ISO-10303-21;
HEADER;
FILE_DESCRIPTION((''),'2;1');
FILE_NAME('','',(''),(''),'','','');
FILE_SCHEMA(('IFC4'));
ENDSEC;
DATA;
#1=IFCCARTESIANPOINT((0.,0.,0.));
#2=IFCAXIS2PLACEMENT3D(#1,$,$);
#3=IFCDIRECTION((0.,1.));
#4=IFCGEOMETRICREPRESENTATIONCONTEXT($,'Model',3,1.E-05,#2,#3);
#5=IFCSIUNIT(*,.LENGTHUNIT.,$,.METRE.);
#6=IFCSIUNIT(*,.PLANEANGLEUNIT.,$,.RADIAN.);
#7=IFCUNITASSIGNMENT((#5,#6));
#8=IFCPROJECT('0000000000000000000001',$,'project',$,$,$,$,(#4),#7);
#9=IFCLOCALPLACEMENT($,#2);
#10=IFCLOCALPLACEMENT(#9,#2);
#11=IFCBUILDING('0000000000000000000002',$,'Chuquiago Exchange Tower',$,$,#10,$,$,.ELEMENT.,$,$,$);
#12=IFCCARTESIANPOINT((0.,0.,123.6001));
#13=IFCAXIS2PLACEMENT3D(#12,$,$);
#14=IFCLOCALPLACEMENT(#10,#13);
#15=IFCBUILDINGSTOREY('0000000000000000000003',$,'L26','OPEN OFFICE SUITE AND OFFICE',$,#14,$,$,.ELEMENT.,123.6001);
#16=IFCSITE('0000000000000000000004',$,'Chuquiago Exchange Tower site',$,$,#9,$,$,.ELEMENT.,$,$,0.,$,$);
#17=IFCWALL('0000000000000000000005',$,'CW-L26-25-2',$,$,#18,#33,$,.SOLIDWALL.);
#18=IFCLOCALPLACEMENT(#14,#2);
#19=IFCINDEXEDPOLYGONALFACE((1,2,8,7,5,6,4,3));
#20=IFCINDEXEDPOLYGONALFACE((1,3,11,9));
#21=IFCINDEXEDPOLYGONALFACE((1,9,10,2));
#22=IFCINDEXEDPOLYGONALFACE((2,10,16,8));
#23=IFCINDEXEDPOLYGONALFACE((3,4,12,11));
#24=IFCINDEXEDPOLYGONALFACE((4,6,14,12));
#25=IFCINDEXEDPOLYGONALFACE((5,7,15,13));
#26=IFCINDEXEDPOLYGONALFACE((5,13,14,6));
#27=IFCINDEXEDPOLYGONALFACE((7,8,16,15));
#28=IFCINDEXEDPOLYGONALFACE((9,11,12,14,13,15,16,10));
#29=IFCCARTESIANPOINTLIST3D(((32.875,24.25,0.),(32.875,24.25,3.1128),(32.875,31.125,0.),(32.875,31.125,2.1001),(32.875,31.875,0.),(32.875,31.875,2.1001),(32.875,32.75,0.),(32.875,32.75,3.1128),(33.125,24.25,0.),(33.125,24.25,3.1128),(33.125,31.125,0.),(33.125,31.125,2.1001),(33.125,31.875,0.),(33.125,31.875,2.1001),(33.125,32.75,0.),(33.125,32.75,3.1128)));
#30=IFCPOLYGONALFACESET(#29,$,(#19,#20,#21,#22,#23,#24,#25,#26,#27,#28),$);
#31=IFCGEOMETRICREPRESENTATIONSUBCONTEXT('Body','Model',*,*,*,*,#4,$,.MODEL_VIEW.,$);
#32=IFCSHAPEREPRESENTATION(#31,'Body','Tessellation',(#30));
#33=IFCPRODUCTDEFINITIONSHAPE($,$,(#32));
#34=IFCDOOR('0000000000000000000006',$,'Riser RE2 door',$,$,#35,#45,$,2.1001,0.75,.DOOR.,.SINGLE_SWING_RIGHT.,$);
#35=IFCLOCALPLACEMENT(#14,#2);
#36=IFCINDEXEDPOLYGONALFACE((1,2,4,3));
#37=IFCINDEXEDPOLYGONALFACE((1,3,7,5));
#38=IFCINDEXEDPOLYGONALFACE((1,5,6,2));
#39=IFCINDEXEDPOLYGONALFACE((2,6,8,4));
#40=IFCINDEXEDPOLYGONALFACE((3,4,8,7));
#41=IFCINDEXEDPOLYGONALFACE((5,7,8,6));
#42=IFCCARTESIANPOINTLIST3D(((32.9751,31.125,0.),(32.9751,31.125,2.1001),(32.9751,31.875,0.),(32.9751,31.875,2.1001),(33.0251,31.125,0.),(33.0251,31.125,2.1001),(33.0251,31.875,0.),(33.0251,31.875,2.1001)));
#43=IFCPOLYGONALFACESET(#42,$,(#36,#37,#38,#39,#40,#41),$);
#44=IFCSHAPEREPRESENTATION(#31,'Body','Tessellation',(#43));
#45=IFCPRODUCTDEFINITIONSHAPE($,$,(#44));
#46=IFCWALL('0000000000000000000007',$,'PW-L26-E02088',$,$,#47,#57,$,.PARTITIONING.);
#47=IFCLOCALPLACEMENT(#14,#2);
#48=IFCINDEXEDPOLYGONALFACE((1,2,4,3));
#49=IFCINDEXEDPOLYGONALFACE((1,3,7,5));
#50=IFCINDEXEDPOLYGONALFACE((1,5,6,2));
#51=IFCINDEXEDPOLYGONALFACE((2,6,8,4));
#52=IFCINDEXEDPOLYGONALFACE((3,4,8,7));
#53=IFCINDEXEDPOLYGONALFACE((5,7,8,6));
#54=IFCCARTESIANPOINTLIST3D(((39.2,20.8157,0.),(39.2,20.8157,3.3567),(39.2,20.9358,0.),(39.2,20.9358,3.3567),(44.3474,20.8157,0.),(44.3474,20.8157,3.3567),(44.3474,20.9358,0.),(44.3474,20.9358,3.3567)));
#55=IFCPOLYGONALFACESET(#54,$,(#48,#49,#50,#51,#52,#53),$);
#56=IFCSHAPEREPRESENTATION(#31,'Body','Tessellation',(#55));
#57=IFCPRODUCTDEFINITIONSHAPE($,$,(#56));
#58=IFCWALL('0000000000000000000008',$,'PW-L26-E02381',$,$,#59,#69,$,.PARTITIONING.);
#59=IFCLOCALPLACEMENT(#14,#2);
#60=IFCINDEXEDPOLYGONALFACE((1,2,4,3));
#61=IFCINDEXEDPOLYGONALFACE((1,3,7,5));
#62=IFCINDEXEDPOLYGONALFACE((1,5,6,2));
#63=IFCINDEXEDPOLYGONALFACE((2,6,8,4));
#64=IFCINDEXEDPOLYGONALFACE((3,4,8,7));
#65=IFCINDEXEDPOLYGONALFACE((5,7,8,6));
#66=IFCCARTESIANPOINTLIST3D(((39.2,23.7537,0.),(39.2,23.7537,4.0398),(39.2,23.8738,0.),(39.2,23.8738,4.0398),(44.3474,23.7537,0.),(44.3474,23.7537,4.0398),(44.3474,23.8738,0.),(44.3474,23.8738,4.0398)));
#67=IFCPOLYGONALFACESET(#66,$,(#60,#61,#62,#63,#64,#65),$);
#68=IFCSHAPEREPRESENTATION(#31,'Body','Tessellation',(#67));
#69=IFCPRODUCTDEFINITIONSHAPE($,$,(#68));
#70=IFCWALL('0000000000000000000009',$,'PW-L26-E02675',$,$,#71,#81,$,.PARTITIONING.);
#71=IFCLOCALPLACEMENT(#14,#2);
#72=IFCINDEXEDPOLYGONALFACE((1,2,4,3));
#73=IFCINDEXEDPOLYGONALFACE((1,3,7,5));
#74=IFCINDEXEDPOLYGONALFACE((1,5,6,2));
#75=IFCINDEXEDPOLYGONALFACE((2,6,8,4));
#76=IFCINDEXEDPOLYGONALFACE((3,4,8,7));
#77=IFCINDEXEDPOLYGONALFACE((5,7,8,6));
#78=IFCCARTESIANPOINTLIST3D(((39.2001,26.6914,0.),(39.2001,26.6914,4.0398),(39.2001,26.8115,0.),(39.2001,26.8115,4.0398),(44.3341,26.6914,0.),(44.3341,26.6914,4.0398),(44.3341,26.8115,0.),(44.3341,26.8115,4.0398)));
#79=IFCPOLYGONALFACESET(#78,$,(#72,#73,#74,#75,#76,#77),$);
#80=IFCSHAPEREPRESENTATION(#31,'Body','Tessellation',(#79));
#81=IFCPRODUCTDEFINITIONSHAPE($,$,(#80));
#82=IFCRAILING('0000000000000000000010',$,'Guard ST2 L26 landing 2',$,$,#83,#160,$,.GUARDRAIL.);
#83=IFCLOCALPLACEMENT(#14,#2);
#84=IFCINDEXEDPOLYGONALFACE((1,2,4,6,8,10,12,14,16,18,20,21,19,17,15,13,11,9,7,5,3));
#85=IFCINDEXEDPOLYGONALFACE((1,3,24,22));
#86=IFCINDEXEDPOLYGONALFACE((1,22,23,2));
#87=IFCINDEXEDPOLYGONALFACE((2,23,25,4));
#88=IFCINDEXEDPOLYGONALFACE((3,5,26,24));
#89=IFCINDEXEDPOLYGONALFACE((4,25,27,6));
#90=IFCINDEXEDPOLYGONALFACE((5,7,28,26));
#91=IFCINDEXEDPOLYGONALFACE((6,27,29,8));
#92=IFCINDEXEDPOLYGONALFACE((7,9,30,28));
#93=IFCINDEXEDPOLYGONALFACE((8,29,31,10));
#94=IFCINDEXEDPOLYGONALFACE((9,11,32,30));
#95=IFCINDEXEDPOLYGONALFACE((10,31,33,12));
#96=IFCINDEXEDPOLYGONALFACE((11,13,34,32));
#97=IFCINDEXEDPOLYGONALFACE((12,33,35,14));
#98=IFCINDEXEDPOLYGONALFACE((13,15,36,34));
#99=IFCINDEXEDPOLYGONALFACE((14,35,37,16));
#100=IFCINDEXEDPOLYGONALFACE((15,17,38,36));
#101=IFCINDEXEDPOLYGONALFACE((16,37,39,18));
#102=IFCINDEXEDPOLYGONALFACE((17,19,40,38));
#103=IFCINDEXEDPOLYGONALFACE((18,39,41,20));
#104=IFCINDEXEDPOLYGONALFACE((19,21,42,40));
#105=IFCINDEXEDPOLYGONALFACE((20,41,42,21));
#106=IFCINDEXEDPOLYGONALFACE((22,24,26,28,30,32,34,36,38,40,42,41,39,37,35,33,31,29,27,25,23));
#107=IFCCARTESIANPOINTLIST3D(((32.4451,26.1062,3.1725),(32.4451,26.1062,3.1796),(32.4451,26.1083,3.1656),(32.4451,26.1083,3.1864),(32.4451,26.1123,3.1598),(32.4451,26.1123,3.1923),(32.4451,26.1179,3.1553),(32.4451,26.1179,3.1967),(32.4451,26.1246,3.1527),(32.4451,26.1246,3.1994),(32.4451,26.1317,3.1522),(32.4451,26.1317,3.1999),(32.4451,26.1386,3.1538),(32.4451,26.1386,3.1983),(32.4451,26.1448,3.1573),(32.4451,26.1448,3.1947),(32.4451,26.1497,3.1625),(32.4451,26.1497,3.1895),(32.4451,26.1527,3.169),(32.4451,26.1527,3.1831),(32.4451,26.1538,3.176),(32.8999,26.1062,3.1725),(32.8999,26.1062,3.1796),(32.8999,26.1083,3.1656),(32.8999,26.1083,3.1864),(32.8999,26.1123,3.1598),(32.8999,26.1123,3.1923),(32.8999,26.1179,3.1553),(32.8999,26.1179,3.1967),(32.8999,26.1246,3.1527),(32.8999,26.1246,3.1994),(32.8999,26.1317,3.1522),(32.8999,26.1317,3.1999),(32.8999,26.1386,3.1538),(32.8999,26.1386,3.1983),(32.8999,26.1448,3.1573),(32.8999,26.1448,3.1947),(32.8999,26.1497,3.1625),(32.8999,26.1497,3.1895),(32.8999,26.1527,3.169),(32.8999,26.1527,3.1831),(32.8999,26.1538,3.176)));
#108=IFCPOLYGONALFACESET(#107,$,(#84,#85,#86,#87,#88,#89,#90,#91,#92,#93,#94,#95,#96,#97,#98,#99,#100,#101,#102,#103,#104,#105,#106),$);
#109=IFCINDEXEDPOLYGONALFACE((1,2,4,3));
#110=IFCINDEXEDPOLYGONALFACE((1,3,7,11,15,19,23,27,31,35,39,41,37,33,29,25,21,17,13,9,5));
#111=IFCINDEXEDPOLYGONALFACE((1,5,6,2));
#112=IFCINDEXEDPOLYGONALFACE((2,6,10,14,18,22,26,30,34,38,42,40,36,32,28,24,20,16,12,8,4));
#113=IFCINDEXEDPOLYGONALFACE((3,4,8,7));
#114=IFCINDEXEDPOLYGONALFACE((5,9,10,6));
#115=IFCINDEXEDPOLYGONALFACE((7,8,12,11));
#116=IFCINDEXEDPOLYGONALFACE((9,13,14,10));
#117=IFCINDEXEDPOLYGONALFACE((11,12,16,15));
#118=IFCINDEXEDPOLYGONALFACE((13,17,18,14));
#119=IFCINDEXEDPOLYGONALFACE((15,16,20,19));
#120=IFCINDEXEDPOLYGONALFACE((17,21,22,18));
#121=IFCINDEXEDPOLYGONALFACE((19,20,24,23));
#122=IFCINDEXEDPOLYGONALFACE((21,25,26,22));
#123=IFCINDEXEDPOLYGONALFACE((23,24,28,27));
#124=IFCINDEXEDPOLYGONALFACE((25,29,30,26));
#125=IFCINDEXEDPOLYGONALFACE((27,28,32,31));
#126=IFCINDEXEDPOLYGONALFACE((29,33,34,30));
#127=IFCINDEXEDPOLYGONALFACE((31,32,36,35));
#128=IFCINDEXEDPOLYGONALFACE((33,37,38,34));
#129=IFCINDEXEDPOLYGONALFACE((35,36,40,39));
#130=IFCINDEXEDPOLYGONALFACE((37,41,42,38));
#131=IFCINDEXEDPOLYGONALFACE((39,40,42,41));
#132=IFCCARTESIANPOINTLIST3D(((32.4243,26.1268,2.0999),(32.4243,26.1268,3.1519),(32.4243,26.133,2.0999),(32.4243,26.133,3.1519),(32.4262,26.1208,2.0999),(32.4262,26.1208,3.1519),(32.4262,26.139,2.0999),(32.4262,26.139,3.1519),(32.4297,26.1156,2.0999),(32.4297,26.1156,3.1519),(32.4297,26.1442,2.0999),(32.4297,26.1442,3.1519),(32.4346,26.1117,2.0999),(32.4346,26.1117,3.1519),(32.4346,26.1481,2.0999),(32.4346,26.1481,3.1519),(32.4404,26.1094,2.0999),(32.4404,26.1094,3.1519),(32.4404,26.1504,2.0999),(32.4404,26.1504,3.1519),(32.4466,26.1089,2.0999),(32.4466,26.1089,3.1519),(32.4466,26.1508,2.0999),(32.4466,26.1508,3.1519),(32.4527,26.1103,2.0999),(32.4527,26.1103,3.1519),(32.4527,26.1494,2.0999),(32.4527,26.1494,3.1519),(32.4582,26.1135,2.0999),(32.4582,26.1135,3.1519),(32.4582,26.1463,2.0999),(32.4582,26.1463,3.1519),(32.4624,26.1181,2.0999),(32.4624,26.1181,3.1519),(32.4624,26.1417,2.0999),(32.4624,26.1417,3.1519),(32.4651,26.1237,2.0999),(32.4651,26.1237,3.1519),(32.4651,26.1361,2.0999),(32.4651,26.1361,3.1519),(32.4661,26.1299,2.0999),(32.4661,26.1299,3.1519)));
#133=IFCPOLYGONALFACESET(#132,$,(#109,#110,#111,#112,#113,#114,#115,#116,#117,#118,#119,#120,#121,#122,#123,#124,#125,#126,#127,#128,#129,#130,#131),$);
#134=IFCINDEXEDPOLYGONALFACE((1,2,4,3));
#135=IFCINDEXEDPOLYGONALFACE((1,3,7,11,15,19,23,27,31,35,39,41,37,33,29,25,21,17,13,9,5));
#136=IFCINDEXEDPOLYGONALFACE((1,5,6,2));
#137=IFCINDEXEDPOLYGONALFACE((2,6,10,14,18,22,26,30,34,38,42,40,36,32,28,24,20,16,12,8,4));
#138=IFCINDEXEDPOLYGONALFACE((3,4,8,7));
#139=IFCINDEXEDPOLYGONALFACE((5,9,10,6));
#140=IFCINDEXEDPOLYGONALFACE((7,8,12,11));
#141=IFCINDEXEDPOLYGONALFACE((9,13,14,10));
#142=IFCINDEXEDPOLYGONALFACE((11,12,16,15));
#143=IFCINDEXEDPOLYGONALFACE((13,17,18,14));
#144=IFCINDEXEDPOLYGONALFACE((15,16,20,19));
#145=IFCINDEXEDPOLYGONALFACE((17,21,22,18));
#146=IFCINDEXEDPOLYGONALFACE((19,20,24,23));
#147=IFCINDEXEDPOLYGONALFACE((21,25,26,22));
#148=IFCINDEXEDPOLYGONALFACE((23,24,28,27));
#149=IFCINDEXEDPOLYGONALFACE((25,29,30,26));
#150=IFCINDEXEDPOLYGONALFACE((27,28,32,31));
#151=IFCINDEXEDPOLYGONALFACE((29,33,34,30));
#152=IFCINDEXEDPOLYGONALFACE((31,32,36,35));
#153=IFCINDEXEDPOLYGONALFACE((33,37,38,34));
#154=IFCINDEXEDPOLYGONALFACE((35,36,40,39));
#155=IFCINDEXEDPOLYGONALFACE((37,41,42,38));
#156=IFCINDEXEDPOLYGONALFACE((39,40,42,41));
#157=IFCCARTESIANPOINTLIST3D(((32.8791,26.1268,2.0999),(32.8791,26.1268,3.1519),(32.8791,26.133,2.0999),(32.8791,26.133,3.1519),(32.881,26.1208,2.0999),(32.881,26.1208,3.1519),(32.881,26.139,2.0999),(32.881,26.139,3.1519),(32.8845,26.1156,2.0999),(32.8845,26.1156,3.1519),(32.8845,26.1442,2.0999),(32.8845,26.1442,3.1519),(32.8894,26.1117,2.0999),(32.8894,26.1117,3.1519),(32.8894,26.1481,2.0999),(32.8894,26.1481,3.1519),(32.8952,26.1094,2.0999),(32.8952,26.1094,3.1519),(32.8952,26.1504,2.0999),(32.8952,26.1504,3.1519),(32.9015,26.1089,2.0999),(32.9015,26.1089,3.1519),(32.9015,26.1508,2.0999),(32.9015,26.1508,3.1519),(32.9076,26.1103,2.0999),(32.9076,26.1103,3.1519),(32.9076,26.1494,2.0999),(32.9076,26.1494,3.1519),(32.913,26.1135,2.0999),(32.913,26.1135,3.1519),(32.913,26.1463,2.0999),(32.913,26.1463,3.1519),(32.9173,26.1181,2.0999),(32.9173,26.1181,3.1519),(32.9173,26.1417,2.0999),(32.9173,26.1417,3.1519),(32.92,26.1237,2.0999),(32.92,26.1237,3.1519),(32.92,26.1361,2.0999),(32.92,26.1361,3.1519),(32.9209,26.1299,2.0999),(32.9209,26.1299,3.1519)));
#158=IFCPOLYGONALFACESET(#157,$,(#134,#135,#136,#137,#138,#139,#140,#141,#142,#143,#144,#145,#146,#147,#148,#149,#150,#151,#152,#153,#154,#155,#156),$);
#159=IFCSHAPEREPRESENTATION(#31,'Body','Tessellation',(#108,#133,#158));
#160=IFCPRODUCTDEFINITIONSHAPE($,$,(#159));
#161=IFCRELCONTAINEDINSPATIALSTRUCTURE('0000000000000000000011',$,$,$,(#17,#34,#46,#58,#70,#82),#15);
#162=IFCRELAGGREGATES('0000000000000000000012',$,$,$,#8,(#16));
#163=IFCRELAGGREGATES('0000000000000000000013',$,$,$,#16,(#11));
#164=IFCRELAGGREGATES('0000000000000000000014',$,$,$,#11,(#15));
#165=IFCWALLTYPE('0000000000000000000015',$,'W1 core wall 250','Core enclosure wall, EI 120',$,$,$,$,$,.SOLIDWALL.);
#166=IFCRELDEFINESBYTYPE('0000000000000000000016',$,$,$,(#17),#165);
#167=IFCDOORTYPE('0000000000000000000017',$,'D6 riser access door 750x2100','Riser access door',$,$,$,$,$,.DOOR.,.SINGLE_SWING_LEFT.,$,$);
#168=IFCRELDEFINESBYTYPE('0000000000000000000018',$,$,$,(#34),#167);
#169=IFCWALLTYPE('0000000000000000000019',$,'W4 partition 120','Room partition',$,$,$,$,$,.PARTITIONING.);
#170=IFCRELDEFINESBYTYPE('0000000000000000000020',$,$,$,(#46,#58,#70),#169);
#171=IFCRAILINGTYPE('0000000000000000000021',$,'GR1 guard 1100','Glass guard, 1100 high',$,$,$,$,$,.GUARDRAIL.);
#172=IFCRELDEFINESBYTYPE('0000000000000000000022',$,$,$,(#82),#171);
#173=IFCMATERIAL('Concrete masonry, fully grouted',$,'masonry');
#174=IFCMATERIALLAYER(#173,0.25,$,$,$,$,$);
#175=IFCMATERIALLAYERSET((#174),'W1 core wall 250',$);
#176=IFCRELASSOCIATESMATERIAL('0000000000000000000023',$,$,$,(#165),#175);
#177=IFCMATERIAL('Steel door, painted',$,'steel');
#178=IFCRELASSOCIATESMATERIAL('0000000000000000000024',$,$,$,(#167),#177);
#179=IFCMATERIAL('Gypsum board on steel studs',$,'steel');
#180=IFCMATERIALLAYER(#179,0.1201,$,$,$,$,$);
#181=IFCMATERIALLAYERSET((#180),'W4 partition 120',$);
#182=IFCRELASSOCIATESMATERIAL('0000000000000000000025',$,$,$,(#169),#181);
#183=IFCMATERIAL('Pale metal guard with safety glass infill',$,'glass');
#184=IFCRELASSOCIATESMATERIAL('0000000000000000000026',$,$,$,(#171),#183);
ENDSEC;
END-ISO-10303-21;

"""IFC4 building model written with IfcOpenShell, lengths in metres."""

from ifc_helpers import new_model, si_unit, direction, frame, frame_2d, origin, origin_2d, place, context, subcontext, project, spatial, rectangle, circle, extrude, material, layer, layer_set, type_object, element, fill, save


model = new_model("IFC4")

# Units and contexts
model_context = context("Model", 3, precision=1e-05, world=origin(), true_north=direction((0.0, 1.0)))
body_context = subcontext(model_context, "Body", "Model", "MODEL_VIEW")
ifc_project = project(units=[si_unit("LENGTHUNIT", "METRE"), si_unit("PLANEANGLEUNIT", "RADIAN")], contexts=[model_context])

# Site, building, storey
site_placement = place(None, origin())
site = spatial("IfcSite", under=ifc_project, at=site_placement, Name="Chuquiago Exchange Tower site", CompositionType="ELEMENT", RefElevation=0.0)
building_placement = place(site_placement, origin())
building = spatial("IfcBuilding", under=site, at=building_placement, Name="Chuquiago Exchange Tower", CompositionType="ELEMENT")
storey_placement = place(building_placement, frame((0.0, 0.0, 123.6001)))
storey = spatial("IfcBuildingStorey", under=building, at=storey_placement, Name="L26", Description="OPEN OFFICE SUITE AND OFFICE", CompositionType="ELEMENT", Elevation=123.6001)

# Shared definitions
ifc_material_1 = material(Name="Concrete masonry, fully grouted", Category="masonry")
ifc_layer_1 = layer(ifc_material_1, 0.25)
ifc_layer_set_1 = layer_set([ifc_layer_1], Name="W1 core wall 250")
wall_type_1 = type_object("IfcWallType", Name="W1 core wall 250", Description="Core enclosure wall, EI 120", PredefinedType="SOLIDWALL", material=ifc_layer_set_1)

# Wall, opening, door
wall_1_placement = place(storey_placement, frame((33.0, 24.25, 0.0), z_axis=(0.0, 0.0, 1.0), x_axis=(0.0, 1.0, 0.0)))
wall_1 = element("IfcWall", 1, at=wall_1_placement, inside=storey, type_object=wall_type_1, Name="CW-L26-25-2", PredefinedType="SOLIDWALL", context=body_context, shape_type="SweptSolid", body=[
    extrude(rectangle(XDim=8.5, YDim=0.25, at=frame_2d((4.25, 0.0))), origin(), (0.0, 0.0, 1.0), 3.1128),
])
opening_1_placement = place(wall_1_placement, frame((6.875, 0.0, 0.0)))
opening_1 = element("IfcOpeningElement", 2, at=opening_1_placement, cuts=wall_1, PredefinedType="OPENING", context=body_context, shape_type="SweptSolid", body=[
    extrude(rectangle(XDim=0.75, YDim=2.1001, at=frame_2d((0.375, 1.05))), frame((0.0, 0.135, 0.0), z_axis=(0.0, -1.0, 0.0), x_axis=(1.0, 0.0, 0.0)), (0.0, 0.0, 1.0), 0.27),
])
ifc_material_2 = material(Name="Steel door, painted", Category="steel")
door_type_1 = type_object("IfcDoorType", Name="D6 riser access door 750x2100", Description="Riser access door", OperationType="SINGLE_SWING_LEFT", PredefinedType="DOOR", material=ifc_material_2)
door_1_placement = place(opening_1_placement, origin())
door_1 = element("IfcDoor", 3, at=door_1_placement, inside=storey, type_object=door_type_1, Name="Riser RE2 door", OperationType="SINGLE_SWING_RIGHT", OverallHeight=2.1001, OverallWidth=0.75, PredefinedType="DOOR", context=body_context, shape_type="SweptSolid", body=[
    extrude(rectangle(XDim=0.75, YDim=2.1001, at=frame_2d((0.375, 1.05))), frame((0.0, 0.0249, 0.0), z_axis=(0.0, -1.0, 0.0), x_axis=(1.0, 0.0, 0.0)), (0.0, 0.0, 1.0), 0.05),
])
fill(opening_1, door_1)

# Walls
ifc_material_3 = material(Name="Gypsum board on steel studs", Category="steel")
ifc_layer_2 = layer(ifc_material_3, 0.1201)
ifc_layer_set_2 = layer_set([ifc_layer_2], Name="W4 partition 120")
wall_type_2 = type_object("IfcWallType", Name="W4 partition 120", Description="Room partition", PredefinedType="PARTITIONING", material=ifc_layer_set_2)
wall_2_placement = place(storey_placement, frame((44.3474, 20.8757, 0.0), z_axis=(0.0, 0.0, 1.0), x_axis=(-1.0, 0.0, 0.0)))
element("IfcWall", 4, at=wall_2_placement, inside=storey, type_object=wall_type_2, Name="PW-L26-E02088", PredefinedType="PARTITIONING", context=body_context, shape_type="SweptSolid", body=[
    extrude(rectangle(XDim=5.1475, YDim=0.1201, at=frame_2d((2.5737, 0.0))), origin(), (0.0, 0.0, 1.0), 3.3567),
])
wall_3_placement = place(storey_placement, frame((44.3474, 23.8137, 0.0), z_axis=(0.0, 0.0, 1.0), x_axis=(-1.0, 0.0, 0.0)))
element("IfcWall", 5, at=wall_3_placement, inside=storey, type_object=wall_type_2, Name="PW-L26-E02381", PredefinedType="PARTITIONING", context=body_context, shape_type="SweptSolid", body=[
    extrude(rectangle(XDim=5.1475, YDim=0.1201, at=frame_2d((2.5737, 0.0))), origin(), (0.0, 0.0, 1.0), 4.0398),
])
wall_4_placement = place(storey_placement, frame((44.334, 26.7515, 0.0), z_axis=(0.0, 0.0, 1.0), x_axis=(-1.0, 0.0, 0.0)))
element("IfcWall", 6, at=wall_4_placement, inside=storey, type_object=wall_type_2, Name="PW-L26-E02675", PredefinedType="PARTITIONING", context=body_context, shape_type="SweptSolid", body=[
    extrude(rectangle(XDim=5.134, YDim=0.1201, at=frame_2d((2.5669, 0.0))), origin(), (0.0, 0.0, 1.0), 4.0398),
])

# Railing
ifc_material_4 = material(Name="Pale metal guard with safety glass infill", Category="glass")
railing_type_1 = type_object("IfcRailingType", Name="GR1 guard 1100", Description="Glass guard, 1100 high", PredefinedType="GUARDRAIL", material=ifc_material_4)
railing_1_placement = place(storey_placement, frame((32.4451, 26.1299, 2.0999)))
element("IfcRailing", 7, at=railing_1_placement, inside=storey, type_object=railing_type_1, Name="Guard ST2 L26 landing 2", PredefinedType="GUARDRAIL", context=body_context, shape_type="SweptSolid", body=[
    extrude(circle(Radius=0.0239, at=origin_2d()), frame((0.0, 0.0, 1.0762), z_axis=(1.0, 0.0, 0.0), x_axis=(0.0, 1.0, 0.0)), (0.0, 0.0, 1.0), 0.4548),
    extrude(circle(Radius=0.021, at=origin_2d()), origin(), (0.0, 0.0, 1.0), 1.052),
    extrude(circle(Radius=0.021, at=origin_2d()), frame((0.4548, 0.0, 0.0)), (0.0, 0.0, 1.0), 1.052),
])

save(model, "model.ifc")
